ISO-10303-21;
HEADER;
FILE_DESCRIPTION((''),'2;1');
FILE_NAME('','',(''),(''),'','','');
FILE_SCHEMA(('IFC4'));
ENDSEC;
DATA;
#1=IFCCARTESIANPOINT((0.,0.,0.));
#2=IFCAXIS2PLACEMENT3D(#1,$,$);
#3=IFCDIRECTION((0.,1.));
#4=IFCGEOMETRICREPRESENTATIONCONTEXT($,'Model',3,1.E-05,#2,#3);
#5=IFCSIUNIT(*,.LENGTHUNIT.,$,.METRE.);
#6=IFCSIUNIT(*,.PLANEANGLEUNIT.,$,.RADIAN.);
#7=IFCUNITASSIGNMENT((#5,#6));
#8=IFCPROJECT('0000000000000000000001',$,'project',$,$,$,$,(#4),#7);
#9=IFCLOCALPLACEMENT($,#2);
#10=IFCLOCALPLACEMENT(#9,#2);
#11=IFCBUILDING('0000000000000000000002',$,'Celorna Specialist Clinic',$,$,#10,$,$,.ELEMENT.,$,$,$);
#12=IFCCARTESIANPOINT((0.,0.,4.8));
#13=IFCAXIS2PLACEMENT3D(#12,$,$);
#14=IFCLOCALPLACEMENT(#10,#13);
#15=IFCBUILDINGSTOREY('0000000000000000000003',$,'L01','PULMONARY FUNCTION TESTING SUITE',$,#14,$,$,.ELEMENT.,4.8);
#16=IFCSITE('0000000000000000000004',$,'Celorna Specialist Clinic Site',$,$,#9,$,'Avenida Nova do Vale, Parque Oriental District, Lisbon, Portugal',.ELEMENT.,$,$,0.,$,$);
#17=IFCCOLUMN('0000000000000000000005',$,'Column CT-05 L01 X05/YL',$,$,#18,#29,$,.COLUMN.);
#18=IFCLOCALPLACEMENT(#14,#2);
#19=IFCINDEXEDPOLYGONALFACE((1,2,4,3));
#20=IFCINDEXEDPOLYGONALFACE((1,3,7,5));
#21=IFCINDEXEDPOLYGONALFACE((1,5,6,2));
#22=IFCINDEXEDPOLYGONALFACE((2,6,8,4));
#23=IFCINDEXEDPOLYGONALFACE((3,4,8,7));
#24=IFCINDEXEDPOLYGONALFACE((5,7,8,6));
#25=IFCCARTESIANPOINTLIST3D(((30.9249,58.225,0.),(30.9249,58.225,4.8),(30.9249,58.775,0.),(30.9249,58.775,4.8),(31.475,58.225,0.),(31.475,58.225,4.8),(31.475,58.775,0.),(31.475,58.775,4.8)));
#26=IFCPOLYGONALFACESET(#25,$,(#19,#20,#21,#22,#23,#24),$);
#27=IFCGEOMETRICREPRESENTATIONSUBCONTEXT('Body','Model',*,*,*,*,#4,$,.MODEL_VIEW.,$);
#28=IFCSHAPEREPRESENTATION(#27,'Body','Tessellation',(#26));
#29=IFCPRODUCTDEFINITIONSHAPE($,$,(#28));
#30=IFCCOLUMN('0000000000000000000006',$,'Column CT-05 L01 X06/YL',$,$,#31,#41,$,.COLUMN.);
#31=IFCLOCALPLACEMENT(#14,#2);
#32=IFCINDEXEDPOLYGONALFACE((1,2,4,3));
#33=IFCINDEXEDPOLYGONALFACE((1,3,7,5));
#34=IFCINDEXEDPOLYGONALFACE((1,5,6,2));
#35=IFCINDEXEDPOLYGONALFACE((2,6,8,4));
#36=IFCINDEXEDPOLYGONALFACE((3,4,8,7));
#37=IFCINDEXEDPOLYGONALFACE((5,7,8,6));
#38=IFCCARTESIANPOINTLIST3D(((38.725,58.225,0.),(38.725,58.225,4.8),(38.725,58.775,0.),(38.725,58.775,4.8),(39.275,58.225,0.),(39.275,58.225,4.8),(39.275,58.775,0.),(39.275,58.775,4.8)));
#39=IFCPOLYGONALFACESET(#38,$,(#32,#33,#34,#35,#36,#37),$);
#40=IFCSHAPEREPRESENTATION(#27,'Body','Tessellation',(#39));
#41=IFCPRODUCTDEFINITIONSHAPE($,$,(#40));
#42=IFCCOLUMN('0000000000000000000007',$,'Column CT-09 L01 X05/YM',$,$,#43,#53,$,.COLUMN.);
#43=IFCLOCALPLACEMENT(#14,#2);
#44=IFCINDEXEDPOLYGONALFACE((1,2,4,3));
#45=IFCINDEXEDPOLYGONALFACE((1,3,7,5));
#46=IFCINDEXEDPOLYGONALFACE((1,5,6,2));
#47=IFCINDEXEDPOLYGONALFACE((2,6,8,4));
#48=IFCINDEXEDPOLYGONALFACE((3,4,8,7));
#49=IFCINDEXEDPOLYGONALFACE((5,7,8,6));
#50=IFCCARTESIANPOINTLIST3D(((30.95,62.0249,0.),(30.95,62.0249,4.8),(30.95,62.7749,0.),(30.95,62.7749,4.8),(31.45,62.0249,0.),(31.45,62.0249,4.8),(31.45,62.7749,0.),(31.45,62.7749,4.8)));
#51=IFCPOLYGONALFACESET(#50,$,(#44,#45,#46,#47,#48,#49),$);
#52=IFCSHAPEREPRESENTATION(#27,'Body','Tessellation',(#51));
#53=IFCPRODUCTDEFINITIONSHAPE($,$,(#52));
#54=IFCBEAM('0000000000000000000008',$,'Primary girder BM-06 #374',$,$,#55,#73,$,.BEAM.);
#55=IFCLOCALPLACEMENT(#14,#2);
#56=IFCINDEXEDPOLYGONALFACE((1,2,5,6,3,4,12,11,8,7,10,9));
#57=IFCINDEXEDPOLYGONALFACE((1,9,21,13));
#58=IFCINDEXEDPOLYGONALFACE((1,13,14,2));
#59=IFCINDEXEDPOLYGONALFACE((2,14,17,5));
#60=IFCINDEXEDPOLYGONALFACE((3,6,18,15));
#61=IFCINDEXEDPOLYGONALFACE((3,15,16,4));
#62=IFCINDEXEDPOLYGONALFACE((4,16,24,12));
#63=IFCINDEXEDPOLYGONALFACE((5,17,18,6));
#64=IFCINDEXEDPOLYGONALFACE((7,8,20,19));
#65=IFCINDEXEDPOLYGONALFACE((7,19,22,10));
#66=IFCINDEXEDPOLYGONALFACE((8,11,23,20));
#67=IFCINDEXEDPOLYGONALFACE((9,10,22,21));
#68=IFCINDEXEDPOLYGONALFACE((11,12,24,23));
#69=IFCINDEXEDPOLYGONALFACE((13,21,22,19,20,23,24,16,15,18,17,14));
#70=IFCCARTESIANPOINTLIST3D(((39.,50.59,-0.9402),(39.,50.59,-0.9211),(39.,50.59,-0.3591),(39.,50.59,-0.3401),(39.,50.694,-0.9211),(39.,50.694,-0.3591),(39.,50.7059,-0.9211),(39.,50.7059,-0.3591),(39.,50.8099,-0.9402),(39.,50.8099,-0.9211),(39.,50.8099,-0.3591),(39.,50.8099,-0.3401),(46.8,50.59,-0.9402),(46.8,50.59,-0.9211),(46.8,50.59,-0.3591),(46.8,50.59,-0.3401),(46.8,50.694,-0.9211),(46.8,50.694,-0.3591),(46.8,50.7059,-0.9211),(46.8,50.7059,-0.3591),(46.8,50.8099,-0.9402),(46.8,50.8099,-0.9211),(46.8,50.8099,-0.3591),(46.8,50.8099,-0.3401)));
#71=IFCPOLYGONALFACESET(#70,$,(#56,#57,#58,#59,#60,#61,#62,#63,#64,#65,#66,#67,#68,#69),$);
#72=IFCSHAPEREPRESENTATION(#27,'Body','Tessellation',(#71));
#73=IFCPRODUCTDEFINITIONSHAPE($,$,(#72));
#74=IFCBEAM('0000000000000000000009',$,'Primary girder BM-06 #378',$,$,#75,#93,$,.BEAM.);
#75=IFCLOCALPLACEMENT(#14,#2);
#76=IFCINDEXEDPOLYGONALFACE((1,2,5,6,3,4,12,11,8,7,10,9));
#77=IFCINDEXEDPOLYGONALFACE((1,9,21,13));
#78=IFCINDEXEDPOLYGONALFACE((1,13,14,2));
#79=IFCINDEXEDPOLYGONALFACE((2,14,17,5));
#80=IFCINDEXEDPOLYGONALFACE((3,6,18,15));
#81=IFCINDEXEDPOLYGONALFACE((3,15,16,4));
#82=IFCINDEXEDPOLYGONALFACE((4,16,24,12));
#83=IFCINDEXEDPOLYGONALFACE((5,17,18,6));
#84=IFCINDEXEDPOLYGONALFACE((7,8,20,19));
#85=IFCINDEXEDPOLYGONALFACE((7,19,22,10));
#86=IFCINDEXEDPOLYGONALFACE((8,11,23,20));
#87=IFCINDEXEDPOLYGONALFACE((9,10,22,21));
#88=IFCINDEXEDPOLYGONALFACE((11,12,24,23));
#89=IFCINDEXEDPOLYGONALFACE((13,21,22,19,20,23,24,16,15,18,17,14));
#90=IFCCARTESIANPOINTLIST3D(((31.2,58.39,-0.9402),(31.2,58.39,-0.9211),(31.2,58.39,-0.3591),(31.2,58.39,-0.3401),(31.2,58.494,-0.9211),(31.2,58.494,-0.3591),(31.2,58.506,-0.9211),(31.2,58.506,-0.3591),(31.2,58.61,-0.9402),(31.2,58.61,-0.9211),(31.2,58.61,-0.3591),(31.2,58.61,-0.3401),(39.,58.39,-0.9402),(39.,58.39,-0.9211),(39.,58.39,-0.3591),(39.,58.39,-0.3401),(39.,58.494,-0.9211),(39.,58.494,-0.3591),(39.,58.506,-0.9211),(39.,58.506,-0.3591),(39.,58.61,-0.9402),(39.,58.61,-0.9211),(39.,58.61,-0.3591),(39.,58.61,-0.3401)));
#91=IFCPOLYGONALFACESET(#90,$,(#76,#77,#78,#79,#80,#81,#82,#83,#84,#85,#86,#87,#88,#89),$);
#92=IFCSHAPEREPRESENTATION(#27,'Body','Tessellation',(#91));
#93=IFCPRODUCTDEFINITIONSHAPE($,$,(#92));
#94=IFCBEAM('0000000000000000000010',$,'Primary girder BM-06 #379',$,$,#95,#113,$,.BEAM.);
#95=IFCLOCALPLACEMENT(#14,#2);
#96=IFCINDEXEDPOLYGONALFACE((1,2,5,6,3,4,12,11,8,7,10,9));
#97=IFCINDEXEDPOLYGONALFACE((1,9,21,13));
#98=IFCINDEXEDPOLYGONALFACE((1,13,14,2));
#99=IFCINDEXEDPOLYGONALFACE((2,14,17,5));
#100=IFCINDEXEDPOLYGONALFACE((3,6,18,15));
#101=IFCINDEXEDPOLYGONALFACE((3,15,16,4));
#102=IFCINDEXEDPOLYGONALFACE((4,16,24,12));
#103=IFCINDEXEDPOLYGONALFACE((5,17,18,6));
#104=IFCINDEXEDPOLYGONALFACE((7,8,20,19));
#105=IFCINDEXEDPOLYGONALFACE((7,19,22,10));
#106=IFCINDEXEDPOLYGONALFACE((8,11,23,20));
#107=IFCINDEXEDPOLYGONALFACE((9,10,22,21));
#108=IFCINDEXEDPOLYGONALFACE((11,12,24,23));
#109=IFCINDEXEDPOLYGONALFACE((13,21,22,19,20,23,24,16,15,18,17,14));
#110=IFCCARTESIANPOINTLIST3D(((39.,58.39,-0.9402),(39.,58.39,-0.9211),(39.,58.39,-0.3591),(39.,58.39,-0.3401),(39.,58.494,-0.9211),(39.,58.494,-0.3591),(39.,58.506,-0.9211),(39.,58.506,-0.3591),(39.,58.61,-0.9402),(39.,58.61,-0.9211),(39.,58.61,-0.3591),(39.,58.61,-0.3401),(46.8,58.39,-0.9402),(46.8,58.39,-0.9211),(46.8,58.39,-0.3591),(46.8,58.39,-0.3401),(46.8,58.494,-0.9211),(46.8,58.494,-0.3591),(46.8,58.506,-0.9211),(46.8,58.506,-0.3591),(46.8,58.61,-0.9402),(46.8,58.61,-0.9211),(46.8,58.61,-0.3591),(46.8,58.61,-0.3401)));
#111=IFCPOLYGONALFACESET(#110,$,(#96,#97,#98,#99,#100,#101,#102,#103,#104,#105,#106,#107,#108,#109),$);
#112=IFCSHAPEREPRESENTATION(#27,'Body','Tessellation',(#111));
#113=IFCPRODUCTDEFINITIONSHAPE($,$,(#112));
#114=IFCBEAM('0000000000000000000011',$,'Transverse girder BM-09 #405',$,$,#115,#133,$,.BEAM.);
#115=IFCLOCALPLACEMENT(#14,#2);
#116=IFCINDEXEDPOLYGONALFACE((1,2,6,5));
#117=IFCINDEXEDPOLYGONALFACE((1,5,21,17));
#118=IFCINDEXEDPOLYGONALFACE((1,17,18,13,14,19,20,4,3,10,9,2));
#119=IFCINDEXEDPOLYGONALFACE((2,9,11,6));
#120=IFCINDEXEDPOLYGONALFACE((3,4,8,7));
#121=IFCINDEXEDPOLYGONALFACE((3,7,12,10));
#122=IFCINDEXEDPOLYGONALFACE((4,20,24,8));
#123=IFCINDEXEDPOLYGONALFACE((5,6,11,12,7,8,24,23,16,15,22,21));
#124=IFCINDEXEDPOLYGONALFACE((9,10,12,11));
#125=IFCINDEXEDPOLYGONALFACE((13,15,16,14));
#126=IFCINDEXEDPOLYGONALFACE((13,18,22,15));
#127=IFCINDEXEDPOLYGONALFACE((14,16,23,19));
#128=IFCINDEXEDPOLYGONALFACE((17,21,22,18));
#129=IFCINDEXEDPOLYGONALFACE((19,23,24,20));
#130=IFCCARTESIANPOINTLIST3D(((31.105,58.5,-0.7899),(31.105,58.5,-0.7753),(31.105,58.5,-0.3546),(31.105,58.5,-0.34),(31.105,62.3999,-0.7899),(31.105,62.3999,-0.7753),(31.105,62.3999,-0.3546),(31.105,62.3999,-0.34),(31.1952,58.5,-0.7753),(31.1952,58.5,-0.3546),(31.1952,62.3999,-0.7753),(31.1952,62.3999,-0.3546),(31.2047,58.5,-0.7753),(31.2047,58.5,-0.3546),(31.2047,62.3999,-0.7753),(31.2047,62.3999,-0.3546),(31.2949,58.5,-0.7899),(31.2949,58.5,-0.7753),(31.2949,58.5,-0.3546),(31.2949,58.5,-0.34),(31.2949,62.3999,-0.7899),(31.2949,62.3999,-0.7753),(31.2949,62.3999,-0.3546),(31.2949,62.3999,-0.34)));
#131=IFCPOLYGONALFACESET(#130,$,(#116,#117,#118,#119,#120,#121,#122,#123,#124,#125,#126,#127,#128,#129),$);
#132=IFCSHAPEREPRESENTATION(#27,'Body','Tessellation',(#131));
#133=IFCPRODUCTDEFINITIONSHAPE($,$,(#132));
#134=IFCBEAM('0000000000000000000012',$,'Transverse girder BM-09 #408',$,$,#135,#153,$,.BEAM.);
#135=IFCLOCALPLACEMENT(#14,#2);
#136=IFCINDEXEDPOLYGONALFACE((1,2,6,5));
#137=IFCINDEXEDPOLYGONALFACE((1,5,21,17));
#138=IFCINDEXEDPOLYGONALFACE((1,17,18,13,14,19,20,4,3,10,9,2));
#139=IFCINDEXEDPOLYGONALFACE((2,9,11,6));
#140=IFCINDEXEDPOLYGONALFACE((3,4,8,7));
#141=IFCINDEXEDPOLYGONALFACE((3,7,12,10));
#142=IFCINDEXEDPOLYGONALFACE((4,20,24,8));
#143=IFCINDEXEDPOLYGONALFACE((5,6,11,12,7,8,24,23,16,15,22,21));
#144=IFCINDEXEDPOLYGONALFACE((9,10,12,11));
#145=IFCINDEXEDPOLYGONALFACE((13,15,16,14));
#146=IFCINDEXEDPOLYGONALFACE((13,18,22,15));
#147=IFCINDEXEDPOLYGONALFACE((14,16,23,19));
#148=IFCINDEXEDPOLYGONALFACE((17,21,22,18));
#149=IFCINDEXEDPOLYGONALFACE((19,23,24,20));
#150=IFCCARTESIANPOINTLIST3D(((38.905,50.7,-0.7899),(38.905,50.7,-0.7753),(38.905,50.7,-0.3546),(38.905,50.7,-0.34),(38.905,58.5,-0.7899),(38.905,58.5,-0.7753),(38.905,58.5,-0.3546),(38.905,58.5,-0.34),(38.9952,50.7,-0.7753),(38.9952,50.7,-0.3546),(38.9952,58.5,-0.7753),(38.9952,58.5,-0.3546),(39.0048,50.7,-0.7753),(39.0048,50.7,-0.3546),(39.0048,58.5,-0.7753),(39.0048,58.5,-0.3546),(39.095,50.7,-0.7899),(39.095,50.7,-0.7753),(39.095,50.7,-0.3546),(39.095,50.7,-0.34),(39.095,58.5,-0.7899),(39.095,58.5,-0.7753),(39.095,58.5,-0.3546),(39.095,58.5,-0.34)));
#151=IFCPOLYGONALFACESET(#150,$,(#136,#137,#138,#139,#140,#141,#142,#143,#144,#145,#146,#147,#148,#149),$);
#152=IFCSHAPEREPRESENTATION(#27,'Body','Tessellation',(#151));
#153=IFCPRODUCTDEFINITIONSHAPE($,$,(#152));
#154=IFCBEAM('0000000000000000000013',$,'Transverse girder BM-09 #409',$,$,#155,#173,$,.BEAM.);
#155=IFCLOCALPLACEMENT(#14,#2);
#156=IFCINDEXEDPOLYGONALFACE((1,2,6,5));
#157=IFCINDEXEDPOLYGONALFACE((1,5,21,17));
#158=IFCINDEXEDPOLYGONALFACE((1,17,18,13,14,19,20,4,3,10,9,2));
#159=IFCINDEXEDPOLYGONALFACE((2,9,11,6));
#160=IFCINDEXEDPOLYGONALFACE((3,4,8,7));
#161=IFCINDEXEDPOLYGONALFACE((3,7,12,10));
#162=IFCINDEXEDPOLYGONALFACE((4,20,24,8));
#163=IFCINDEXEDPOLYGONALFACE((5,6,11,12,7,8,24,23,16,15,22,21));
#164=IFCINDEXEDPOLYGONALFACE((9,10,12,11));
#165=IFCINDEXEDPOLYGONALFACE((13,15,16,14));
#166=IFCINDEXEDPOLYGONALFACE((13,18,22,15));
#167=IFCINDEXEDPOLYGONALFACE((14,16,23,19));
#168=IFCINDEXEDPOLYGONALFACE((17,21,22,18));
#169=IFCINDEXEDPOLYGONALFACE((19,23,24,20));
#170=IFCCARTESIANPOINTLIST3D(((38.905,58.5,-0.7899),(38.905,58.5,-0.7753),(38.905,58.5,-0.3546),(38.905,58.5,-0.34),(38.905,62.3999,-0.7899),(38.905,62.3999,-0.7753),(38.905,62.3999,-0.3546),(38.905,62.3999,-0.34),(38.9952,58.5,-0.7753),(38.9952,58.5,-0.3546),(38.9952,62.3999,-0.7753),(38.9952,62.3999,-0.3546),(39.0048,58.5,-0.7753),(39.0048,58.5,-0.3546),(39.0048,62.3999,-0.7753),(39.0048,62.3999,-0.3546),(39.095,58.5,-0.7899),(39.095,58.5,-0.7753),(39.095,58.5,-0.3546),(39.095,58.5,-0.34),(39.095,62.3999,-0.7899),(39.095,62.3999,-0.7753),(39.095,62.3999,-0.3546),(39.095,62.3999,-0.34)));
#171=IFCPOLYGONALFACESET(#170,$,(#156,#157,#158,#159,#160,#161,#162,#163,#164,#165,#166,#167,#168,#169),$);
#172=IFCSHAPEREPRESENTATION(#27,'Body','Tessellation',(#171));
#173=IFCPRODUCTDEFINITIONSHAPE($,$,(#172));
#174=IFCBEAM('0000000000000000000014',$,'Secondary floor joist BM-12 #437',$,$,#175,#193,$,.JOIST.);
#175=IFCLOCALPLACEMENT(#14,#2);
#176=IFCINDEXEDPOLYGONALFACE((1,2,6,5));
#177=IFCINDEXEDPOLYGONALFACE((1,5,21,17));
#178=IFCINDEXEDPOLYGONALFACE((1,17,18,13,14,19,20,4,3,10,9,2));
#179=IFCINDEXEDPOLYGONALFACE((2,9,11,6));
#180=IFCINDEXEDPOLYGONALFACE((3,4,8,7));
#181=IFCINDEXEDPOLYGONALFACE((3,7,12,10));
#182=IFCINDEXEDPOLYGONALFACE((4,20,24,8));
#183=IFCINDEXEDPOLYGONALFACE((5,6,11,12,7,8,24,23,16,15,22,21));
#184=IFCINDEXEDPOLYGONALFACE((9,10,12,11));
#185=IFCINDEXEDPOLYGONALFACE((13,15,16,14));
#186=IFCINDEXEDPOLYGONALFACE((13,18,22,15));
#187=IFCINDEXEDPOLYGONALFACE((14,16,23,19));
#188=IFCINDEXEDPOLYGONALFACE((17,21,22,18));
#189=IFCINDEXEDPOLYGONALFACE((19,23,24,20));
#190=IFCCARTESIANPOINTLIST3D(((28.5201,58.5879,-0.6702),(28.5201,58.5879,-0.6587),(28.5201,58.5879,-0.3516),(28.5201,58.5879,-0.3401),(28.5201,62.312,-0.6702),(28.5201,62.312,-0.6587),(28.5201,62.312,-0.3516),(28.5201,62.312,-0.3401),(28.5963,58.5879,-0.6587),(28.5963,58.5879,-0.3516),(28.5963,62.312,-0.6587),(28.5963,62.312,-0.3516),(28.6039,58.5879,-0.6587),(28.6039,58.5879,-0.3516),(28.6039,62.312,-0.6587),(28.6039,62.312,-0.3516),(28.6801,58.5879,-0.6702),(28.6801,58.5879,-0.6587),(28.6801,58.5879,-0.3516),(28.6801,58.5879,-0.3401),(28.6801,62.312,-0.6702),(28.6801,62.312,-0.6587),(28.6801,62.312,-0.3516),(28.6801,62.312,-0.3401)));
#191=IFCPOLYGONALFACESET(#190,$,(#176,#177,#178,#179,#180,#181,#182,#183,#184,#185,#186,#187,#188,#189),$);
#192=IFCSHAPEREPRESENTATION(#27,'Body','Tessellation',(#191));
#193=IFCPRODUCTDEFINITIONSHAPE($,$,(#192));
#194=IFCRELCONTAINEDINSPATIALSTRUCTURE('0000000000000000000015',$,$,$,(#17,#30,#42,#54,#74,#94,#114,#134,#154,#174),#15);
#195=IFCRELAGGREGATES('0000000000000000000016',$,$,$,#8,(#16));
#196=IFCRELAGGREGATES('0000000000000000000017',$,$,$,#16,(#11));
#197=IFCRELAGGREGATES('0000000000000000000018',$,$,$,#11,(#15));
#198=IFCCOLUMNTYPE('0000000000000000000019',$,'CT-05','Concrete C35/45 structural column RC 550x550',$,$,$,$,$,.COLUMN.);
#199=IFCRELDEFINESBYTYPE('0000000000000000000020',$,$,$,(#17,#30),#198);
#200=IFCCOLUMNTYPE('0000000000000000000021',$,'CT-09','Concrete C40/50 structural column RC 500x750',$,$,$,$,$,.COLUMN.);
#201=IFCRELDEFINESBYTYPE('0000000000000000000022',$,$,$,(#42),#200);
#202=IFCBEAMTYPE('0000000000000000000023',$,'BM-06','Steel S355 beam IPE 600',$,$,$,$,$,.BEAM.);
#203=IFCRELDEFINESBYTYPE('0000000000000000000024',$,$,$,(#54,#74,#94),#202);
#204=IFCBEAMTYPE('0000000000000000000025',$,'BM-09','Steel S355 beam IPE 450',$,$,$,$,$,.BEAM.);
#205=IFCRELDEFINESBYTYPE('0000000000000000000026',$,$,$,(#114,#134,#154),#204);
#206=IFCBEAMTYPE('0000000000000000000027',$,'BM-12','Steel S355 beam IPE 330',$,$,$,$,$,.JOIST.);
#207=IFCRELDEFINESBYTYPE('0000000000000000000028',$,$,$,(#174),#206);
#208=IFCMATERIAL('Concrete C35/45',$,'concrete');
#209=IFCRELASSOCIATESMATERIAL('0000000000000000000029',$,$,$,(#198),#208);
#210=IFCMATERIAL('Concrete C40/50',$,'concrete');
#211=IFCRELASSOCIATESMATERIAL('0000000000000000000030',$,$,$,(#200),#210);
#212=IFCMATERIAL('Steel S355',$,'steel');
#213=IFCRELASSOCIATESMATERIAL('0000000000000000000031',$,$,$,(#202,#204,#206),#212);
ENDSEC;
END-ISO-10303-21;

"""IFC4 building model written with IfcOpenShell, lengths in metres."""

from ifc_helpers import new_model, si_unit, direction, frame, origin, origin_2d, place, context, subcontext, project, spatial, rectangle, i_section, extrude, material, material_profile, profile_set, type_object, element, save


model = new_model("IFC4")

# Units and contexts
model_context = context("Model", 3, precision=1e-05, world=origin(), true_north=direction((0.0, 1.0)))
body_context = subcontext(model_context, "Body", "Model", "MODEL_VIEW")
ifc_project = project(units=[si_unit("LENGTHUNIT", "METRE"), si_unit("PLANEANGLEUNIT", "RADIAN")], contexts=[model_context])

# Site, building, storey
site_placement = place(None, origin())
site = spatial("IfcSite", under=ifc_project, at=site_placement, Name="Celorna Specialist Clinic Site", LongName="Avenida Nova do Vale, Parque Oriental District, Lisbon, Portugal", CompositionType="ELEMENT", RefElevation=0.0)
building_placement = place(site_placement, origin())
building = spatial("IfcBuilding", under=site, at=building_placement, Name="Celorna Specialist Clinic", CompositionType="ELEMENT")
storey_placement = place(building_placement, frame((0.0, 0.0, 4.8)))
storey = spatial("IfcBuildingStorey", under=building, at=storey_placement, Name="L01", Description="PULMONARY FUNCTION TESTING SUITE", CompositionType="ELEMENT", Elevation=4.8)

# Columns
ifc_material_1 = material(Name="Concrete C35/45", Category="concrete")
ifc_material_profile_1 = material_profile(ifc_material_1, rectangle(XDim=0.55, YDim=0.55, at=origin_2d()), Name="RC 550x550")
ifc_profile_set_1 = profile_set([ifc_material_profile_1], Name="Concrete C35/45")
column_type_1 = type_object("IfcColumnType", Name="CT-05", Description="Concrete C35/45 structural column RC 550x550", PredefinedType="COLUMN", material=ifc_profile_set_1)
for number, where, z_axis, x_axis, name in (
    (1, (31.2, 58.5, 0.0), (0.0, 0.0, 1.0), (1.0, 0.0, 0.0), "Column CT-05 L01 X05/YL"),
    (2, (39.0, 58.5, 0.0), (0.0, 0.0, 1.0), (1.0, 0.0, 0.0), "Column CT-05 L01 X06/YL"),
):
    element("IfcColumn", number, at=place(storey_placement, frame(where, z_axis=z_axis, x_axis=x_axis)), inside=storey, type_object=column_type_1, Name=name, PredefinedType="COLUMN", context=body_context, shape_type="SweptSolid", body=[
        extrude(rectangle(XDim=0.55, YDim=0.55, at=origin_2d()), origin(), (0.0, 0.0, 1.0), 4.8),
    ])
ifc_material_2 = material(Name="Concrete C40/50", Category="concrete")
ifc_material_profile_2 = material_profile(ifc_material_2, rectangle(XDim=0.5, YDim=0.75, at=origin_2d()), Name="RC 500x750")
ifc_profile_set_2 = profile_set([ifc_material_profile_2], Name="Concrete C40/50")
column_type_2 = type_object("IfcColumnType", Name="CT-09", Description="Concrete C40/50 structural column RC 500x750", PredefinedType="COLUMN", material=ifc_profile_set_2)
column_placement = place(storey_placement, frame((31.2, 62.3999, 0.0), z_axis=(0.0, 0.0, 1.0), x_axis=(1.0, 0.0, 0.0)))
element("IfcColumn", 3, at=column_placement, inside=storey, type_object=column_type_2, Name="Column CT-09 L01 X05/YM", PredefinedType="COLUMN", context=body_context, shape_type="SweptSolid", body=[
    extrude(rectangle(XDim=0.5, YDim=0.75, at=origin_2d()), origin(), (0.0, 0.0, 1.0), 4.8),
])

# Beams
ifc_material_3 = material(Name="Steel S355", Category="steel")
ifc_material_profile_3 = material_profile(ifc_material_3, i_section(OverallWidth=0.22, OverallDepth=0.6001, WebThickness=0.012, FlangeThickness=0.019, at=origin_2d()), Name="IPE 600")
ifc_profile_set_3 = profile_set([ifc_material_profile_3], Name="Steel S355")
beam_type_1 = type_object("IfcBeamType", Name="BM-06", Description="Steel S355 beam IPE 600", PredefinedType="BEAM", material=ifc_profile_set_3)
for number, where, z_axis, x_axis, name in (
    (4, (39.0, 50.7, -0.6401), (1.0, 0.0, 0.0), (0.0, 1.0, 0.0), "Primary girder BM-06 #374"),
    (5, (31.2, 58.5, -0.6401), (1.0, 0.0, 0.0), (0.0, 1.0, 0.0), "Primary girder BM-06 #378"),
    (6, (39.0, 58.5, -0.6401), (1.0, 0.0, 0.0), (0.0, 1.0, 0.0), "Primary girder BM-06 #379"),
):
    element("IfcBeam", number, at=place(storey_placement, frame(where, z_axis=z_axis, x_axis=x_axis)), inside=storey, type_object=beam_type_1, Name=name, PredefinedType="BEAM", context=body_context, shape_type="SweptSolid", body=[
        extrude(i_section(OverallWidth=0.22, OverallDepth=0.6001, WebThickness=0.012, FlangeThickness=0.019, at=origin_2d()), origin(), (0.0, 0.0, 1.0), 7.8),
    ])
ifc_material_profile_4 = material_profile(ifc_material_3, i_section(OverallWidth=0.1899, OverallDepth=0.45, WebThickness=0.0095, FlangeThickness=0.0146, at=origin_2d()), Name="IPE 450")
ifc_profile_set_4 = profile_set([ifc_material_profile_4], Name="Steel S355")
beam_type_2 = type_object("IfcBeamType", Name="BM-09", Description="Steel S355 beam IPE 450", PredefinedType="BEAM", material=ifc_profile_set_4)
beam_1_placement = place(storey_placement, frame((31.2, 58.5, -0.5649), z_axis=(0.0, 1.0, 0.0), x_axis=(-1.0, 0.0, 0.0)))
element("IfcBeam", 7, at=beam_1_placement, inside=storey, type_object=beam_type_2, Name="Transverse girder BM-09 #405", PredefinedType="BEAM", context=body_context, shape_type="SweptSolid", body=[
    extrude(i_section(OverallWidth=0.1899, OverallDepth=0.45, WebThickness=0.0095, FlangeThickness=0.0146, at=origin_2d()), origin(), (0.0, 0.0, 1.0), 3.8999),
])
beam_2_placement = place(storey_placement, frame((39.0, 50.7, -0.5649), z_axis=(0.0, 1.0, 0.0), x_axis=(-1.0, 0.0, 0.0)))
element("IfcBeam", 8, at=beam_2_placement, inside=storey, type_object=beam_type_2, Name="Transverse girder BM-09 #408", PredefinedType="BEAM", context=body_context, shape_type="SweptSolid", body=[
    extrude(i_section(OverallWidth=0.1899, OverallDepth=0.45, WebThickness=0.0095, FlangeThickness=0.0146, at=origin_2d()), origin(), (0.0, 0.0, 1.0), 7.8),
])
beam_3_placement = place(storey_placement, frame((39.0, 58.5, -0.5649), z_axis=(0.0, 1.0, 0.0), x_axis=(-1.0, 0.0, 0.0)))
element("IfcBeam", 9, at=beam_3_placement, inside=storey, type_object=beam_type_2, Name="Transverse girder BM-09 #409", PredefinedType="BEAM", context=body_context, shape_type="SweptSolid", body=[
    extrude(i_section(OverallWidth=0.1899, OverallDepth=0.45, WebThickness=0.0095, FlangeThickness=0.0146, at=origin_2d()), origin(), (0.0, 0.0, 1.0), 3.8999),
])
ifc_material_profile_5 = material_profile(ifc_material_3, i_section(OverallWidth=0.1599, OverallDepth=0.3301, WebThickness=0.0076, FlangeThickness=0.0115, at=origin_2d()), Name="IPE 330")
ifc_profile_set_5 = profile_set([ifc_material_profile_5], Name="Steel S355")
beam_type_3 = type_object("IfcBeamType", Name="BM-12", Description="Steel S355 beam IPE 330", PredefinedType="JOIST", material=ifc_profile_set_5)
beam_4_placement = place(storey_placement, frame((28.6001, 58.5879, -0.5051), z_axis=(0.0, 1.0, 0.0), x_axis=(-1.0, 0.0, 0.0)))
element("IfcBeam", 10, at=beam_4_placement, inside=storey, type_object=beam_type_3, Name="Secondary floor joist BM-12 #437", PredefinedType="JOIST", context=body_context, shape_type="SweptSolid", body=[
    extrude(i_section(OverallWidth=0.1599, OverallDepth=0.3301, WebThickness=0.0076, FlangeThickness=0.0115, at=origin_2d()), origin(), (0.0, 0.0, 1.0), 3.7241),
])

save(model, "model.ifc")
